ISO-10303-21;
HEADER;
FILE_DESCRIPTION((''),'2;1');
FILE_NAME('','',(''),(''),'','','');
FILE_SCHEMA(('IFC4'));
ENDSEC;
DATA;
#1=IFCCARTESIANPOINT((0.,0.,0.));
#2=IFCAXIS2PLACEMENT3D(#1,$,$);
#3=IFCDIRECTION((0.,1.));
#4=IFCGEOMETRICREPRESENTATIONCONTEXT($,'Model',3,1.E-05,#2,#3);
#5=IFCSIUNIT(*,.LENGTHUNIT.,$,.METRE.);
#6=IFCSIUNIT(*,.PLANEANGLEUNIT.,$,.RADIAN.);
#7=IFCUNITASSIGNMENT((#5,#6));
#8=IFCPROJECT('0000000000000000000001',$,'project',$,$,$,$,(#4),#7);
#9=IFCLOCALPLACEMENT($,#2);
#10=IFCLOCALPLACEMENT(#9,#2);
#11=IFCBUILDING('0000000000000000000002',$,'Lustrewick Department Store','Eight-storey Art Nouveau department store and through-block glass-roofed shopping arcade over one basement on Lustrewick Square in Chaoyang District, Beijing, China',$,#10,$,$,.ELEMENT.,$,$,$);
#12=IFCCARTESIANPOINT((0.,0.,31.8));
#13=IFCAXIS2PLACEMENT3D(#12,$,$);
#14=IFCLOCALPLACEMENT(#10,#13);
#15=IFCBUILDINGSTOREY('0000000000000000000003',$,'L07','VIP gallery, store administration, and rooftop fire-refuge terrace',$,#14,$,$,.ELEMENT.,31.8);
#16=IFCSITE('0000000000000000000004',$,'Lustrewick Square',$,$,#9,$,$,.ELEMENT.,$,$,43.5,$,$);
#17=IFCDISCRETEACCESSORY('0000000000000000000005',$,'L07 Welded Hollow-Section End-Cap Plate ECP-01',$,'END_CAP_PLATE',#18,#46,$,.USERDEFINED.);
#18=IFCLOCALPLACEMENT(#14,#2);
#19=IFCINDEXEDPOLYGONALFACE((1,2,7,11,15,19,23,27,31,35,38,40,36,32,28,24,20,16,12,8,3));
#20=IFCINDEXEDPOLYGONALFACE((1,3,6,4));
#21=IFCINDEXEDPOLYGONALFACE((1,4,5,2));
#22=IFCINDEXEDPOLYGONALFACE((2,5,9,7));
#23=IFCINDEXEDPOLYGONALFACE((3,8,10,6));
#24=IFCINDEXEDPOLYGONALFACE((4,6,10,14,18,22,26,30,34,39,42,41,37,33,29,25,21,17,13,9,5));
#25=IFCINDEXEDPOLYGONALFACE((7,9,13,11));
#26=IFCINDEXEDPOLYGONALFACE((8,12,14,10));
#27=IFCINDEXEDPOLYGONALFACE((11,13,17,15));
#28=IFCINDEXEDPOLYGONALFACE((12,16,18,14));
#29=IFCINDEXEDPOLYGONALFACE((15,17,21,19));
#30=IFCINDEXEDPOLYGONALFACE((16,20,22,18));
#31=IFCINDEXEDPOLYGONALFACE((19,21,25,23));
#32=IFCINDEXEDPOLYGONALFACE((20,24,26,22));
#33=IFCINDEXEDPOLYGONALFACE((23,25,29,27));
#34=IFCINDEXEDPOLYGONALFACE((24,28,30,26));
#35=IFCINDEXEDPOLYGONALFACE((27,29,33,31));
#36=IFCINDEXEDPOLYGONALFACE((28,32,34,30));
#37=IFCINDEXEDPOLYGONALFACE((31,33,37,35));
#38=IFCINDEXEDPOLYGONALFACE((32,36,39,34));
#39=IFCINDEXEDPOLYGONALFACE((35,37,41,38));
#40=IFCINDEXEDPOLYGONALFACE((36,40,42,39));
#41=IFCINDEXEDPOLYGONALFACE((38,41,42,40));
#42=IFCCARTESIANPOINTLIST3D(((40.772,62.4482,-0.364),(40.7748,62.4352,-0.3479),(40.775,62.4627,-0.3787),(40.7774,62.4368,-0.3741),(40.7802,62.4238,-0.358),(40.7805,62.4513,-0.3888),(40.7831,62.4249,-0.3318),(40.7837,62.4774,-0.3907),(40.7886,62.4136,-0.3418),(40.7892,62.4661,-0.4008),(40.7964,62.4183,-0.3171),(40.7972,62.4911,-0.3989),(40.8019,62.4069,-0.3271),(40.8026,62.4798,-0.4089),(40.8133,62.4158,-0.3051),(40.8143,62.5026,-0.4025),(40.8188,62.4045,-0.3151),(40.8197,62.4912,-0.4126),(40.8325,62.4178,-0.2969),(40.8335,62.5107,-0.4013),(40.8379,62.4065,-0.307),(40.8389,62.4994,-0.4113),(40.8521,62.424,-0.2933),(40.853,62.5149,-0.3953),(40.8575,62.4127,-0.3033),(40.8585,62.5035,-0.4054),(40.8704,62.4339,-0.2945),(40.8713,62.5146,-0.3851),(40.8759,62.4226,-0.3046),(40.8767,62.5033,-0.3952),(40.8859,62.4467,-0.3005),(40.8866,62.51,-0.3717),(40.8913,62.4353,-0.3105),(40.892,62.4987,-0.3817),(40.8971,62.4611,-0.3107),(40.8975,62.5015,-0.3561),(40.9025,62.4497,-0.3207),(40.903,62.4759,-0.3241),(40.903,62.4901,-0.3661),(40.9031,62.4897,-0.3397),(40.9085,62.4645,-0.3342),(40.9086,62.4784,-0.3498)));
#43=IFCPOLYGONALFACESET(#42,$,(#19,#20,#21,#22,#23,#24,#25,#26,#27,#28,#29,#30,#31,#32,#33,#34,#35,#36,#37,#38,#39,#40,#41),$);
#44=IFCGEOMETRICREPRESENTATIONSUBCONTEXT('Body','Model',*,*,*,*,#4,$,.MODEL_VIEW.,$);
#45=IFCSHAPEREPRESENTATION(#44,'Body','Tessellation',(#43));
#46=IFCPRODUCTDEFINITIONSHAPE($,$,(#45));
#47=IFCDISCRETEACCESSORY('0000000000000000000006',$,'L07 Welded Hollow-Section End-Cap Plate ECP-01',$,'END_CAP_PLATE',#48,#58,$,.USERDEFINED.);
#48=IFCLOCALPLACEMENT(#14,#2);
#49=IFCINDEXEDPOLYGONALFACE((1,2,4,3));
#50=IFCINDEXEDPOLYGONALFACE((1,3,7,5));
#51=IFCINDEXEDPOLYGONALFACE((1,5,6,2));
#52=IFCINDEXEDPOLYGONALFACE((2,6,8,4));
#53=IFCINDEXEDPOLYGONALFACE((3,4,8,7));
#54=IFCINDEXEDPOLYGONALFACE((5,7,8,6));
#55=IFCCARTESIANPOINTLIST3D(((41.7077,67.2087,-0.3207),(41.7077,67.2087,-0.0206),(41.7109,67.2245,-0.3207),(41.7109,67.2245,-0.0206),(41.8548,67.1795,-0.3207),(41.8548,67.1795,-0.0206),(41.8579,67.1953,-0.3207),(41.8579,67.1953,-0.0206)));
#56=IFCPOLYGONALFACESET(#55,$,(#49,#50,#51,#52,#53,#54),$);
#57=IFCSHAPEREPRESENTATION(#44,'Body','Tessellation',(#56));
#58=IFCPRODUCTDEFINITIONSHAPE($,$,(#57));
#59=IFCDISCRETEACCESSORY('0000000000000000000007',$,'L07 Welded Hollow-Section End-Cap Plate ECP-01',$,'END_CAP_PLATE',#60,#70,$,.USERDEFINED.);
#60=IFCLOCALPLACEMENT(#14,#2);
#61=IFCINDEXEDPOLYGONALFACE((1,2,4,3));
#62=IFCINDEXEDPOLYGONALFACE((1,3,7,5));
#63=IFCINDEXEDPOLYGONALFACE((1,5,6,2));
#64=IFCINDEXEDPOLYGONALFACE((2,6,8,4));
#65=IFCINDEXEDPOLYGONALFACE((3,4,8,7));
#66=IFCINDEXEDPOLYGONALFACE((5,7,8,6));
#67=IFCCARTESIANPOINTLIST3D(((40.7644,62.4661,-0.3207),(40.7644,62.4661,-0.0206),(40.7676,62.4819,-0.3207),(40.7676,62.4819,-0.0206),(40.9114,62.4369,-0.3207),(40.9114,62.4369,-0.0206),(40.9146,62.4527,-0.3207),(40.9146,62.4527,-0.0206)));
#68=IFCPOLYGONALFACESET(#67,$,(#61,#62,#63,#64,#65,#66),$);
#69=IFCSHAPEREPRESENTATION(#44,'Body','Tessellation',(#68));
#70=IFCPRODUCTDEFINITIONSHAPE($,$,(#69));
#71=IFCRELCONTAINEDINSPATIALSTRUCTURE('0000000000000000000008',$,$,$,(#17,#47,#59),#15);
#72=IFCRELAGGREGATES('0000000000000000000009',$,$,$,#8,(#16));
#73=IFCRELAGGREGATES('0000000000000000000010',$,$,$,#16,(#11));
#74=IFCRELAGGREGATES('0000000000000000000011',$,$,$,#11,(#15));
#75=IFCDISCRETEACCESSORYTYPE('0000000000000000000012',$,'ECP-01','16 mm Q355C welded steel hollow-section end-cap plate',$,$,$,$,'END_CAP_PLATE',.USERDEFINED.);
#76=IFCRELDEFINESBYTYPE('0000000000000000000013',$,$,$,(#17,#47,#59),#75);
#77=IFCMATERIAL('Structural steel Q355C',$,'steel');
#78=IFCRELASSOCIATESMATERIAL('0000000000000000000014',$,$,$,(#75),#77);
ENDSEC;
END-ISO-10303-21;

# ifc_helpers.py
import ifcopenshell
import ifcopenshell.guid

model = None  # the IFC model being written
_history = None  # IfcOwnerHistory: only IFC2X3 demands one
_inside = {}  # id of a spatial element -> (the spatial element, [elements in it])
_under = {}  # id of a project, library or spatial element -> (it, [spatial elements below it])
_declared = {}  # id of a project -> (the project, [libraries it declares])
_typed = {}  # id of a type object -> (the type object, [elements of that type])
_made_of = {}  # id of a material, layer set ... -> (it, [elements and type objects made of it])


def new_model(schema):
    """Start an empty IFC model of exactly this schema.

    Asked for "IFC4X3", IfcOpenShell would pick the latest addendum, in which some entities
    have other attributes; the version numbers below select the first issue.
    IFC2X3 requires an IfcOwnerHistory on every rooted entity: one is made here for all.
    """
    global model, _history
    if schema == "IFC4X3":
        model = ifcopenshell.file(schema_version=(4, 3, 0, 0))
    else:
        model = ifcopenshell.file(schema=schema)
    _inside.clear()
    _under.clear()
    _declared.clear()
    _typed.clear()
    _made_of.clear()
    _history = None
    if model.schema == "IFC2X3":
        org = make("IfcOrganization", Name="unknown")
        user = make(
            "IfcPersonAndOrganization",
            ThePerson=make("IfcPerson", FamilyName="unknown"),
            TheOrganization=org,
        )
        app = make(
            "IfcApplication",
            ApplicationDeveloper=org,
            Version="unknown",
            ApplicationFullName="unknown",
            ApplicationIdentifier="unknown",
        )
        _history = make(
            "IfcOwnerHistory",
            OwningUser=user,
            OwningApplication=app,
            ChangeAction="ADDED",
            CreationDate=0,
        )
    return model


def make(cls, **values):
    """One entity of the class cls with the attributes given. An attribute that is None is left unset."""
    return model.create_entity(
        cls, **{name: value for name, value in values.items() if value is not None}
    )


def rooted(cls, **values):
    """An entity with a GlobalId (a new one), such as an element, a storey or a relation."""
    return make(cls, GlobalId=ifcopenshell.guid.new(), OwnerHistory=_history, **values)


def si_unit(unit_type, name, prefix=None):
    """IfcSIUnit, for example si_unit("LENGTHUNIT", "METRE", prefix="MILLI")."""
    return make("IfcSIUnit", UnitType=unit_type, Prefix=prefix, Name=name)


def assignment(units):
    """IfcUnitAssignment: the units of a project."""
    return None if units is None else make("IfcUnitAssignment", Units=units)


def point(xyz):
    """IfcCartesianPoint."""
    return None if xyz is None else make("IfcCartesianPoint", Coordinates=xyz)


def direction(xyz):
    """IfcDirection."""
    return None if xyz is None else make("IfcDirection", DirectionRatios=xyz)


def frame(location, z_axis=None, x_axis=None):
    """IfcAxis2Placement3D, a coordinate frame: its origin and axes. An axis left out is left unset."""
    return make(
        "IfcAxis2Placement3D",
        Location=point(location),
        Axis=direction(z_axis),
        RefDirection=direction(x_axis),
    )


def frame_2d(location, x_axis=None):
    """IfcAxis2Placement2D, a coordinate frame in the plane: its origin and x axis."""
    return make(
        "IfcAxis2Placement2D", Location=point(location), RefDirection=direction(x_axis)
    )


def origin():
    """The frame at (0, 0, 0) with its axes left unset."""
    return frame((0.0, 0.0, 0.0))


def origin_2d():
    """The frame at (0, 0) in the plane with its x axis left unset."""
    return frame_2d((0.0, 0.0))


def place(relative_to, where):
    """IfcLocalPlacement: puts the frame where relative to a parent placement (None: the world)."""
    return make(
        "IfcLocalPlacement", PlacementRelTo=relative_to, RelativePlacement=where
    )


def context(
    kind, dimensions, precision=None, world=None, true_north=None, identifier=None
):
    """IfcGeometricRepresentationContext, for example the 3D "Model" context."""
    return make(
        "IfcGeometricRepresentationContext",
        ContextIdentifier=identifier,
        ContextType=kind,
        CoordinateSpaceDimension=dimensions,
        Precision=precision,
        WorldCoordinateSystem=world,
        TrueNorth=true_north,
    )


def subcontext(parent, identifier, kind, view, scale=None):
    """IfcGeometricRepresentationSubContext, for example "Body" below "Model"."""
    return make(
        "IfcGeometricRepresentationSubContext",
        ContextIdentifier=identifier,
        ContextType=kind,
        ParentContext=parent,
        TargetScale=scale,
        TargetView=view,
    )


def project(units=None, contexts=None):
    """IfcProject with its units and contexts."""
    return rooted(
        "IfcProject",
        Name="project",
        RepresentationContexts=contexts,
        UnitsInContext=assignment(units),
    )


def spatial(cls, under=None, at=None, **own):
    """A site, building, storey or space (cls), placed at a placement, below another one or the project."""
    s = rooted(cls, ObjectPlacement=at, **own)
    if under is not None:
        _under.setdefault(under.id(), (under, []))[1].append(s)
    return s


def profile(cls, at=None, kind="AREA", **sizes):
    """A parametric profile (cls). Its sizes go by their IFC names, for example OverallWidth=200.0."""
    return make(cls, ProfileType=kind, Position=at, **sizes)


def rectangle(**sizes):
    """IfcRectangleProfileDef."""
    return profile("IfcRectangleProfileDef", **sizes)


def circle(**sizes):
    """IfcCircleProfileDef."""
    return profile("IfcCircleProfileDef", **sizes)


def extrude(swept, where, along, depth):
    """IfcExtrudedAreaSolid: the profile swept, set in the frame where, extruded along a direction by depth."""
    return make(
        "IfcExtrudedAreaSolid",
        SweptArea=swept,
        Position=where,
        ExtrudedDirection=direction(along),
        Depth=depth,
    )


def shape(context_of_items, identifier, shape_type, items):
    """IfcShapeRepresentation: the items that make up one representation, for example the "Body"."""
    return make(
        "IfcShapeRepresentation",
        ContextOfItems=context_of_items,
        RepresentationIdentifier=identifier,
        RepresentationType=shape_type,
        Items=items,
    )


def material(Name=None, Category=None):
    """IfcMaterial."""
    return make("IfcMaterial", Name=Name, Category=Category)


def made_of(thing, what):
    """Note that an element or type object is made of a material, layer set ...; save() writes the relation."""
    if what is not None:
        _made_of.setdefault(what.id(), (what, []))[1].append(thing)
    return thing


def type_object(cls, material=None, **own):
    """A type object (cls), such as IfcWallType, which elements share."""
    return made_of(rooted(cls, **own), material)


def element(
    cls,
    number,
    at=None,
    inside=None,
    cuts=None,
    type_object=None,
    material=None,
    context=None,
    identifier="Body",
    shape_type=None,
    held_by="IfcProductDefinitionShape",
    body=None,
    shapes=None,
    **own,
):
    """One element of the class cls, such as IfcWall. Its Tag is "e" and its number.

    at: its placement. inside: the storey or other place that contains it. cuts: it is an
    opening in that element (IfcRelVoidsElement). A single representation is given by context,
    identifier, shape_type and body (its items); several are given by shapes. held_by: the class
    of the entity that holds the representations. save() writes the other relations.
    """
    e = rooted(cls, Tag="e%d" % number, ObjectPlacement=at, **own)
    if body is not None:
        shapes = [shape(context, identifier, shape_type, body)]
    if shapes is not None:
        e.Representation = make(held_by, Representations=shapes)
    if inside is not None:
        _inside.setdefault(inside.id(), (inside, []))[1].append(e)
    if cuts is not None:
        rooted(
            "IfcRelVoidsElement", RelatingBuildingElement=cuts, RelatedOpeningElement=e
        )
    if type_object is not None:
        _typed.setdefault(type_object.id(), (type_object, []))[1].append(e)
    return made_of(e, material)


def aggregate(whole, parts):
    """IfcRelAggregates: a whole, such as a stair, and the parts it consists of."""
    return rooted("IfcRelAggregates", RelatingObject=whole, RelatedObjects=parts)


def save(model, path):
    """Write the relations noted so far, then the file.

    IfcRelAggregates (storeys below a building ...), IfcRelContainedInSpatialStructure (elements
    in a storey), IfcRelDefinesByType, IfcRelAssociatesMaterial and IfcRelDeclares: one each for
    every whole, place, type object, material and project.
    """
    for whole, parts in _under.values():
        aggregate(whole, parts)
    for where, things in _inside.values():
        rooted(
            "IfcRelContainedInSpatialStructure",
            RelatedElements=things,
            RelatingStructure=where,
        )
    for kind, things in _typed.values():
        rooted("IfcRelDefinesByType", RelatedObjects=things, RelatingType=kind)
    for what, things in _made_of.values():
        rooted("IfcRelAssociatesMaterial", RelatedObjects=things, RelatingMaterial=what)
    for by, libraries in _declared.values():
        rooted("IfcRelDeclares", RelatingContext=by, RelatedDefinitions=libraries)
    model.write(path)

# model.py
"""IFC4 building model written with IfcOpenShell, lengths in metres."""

from ifc_helpers import new_model, si_unit, direction, frame, origin, origin_2d, place, context, subcontext, project, spatial, rectangle, circle, extrude, material, type_object, element, save


model = new_model("IFC4")

# Units and contexts
model_context = context("Model", 3, precision=1e-05, world=origin(), true_north=direction((0.0, 1.0)))
body_context = subcontext(model_context, "Body", "Model", "MODEL_VIEW")
ifc_project = project(units=[si_unit("LENGTHUNIT", "METRE"), si_unit("PLANEANGLEUNIT", "RADIAN")], contexts=[model_context])

# Site, building, storey
site_placement = place(None, origin())
site = spatial("IfcSite", under=ifc_project, at=site_placement, Name="Lustrewick Square", CompositionType="ELEMENT", RefElevation=43.5)
building_placement = place(site_placement, origin())
building = spatial("IfcBuilding", under=site, at=building_placement, Name="Lustrewick Department Store", Description="Eight-storey Art Nouveau department store and through-block glass-roofed shopping arcade over one basement on Lustrewick Square in Chaoyang District, Beijing, China", CompositionType="ELEMENT")
storey_placement = place(building_placement, frame((0.0, 0.0, 31.8)))
storey = spatial("IfcBuildingStorey", under=building, at=storey_placement, Name="L07", Description="VIP gallery, store administration, and rooftop fire-refuge terrace", CompositionType="ELEMENT", Elevation=31.8)

# Shared definitions
ifc_material_1 = material(Name="Structural steel Q355C", Category="steel")

# Discrete accessories
discrete_accessory_type_1 = type_object("IfcDiscreteAccessoryType", Name="ECP-01", Description="16 mm Q355C welded steel hollow-section end-cap plate", ElementType="END_CAP_PLATE", PredefinedType="USERDEFINED", material=ifc_material_1)
discrete_accessory_placement = place(storey_placement, frame((40.8379, 62.4656, -0.3479), z_axis=(0.338867, -0.704258, -0.62385), x_axis=(-0.901112, -0.433587, 0.0)))
element("IfcDiscreteAccessory", 1, at=discrete_accessory_placement, inside=storey, type_object=discrete_accessory_type_1, Name="L07 Welded Hollow-Section End-Cap Plate ECP-01", ObjectType="END_CAP_PLATE", PredefinedType="USERDEFINED", context=body_context, shape_type="SweptSolid", body=[
    extrude(circle(Radius=0.0701, at=origin_2d()), origin(), (0.0, 0.0, 1.0), 0.0161),
])
for number, where, z_axis, x_axis, name in (
    (2, (41.7812, 67.1941, -0.1707), (0.195105, 0.980782, 0.0), (-0.980782, 0.195105, 0.0), "L07 Welded Hollow-Section End-Cap Plate ECP-01"),
    (3, (40.8411, 62.4673, -0.1707), (-0.195105, -0.980782, 0.0), (-0.980782, 0.195105, 0.0), "L07 Welded Hollow-Section End-Cap Plate ECP-01"),
):
    element("IfcDiscreteAccessory", number, at=place(storey_placement, frame(where, z_axis=z_axis, x_axis=x_axis)), inside=storey, type_object=discrete_accessory_type_1, Name=name, ObjectType="END_CAP_PLATE", PredefinedType="USERDEFINED", context=body_context, shape_type="SweptSolid", body=[
        extrude(rectangle(XDim=0.1499, YDim=0.3, at=origin_2d()), origin(), (0.0, 0.0, 1.0), 0.0161),
    ])

save(model, "model.ifc")
